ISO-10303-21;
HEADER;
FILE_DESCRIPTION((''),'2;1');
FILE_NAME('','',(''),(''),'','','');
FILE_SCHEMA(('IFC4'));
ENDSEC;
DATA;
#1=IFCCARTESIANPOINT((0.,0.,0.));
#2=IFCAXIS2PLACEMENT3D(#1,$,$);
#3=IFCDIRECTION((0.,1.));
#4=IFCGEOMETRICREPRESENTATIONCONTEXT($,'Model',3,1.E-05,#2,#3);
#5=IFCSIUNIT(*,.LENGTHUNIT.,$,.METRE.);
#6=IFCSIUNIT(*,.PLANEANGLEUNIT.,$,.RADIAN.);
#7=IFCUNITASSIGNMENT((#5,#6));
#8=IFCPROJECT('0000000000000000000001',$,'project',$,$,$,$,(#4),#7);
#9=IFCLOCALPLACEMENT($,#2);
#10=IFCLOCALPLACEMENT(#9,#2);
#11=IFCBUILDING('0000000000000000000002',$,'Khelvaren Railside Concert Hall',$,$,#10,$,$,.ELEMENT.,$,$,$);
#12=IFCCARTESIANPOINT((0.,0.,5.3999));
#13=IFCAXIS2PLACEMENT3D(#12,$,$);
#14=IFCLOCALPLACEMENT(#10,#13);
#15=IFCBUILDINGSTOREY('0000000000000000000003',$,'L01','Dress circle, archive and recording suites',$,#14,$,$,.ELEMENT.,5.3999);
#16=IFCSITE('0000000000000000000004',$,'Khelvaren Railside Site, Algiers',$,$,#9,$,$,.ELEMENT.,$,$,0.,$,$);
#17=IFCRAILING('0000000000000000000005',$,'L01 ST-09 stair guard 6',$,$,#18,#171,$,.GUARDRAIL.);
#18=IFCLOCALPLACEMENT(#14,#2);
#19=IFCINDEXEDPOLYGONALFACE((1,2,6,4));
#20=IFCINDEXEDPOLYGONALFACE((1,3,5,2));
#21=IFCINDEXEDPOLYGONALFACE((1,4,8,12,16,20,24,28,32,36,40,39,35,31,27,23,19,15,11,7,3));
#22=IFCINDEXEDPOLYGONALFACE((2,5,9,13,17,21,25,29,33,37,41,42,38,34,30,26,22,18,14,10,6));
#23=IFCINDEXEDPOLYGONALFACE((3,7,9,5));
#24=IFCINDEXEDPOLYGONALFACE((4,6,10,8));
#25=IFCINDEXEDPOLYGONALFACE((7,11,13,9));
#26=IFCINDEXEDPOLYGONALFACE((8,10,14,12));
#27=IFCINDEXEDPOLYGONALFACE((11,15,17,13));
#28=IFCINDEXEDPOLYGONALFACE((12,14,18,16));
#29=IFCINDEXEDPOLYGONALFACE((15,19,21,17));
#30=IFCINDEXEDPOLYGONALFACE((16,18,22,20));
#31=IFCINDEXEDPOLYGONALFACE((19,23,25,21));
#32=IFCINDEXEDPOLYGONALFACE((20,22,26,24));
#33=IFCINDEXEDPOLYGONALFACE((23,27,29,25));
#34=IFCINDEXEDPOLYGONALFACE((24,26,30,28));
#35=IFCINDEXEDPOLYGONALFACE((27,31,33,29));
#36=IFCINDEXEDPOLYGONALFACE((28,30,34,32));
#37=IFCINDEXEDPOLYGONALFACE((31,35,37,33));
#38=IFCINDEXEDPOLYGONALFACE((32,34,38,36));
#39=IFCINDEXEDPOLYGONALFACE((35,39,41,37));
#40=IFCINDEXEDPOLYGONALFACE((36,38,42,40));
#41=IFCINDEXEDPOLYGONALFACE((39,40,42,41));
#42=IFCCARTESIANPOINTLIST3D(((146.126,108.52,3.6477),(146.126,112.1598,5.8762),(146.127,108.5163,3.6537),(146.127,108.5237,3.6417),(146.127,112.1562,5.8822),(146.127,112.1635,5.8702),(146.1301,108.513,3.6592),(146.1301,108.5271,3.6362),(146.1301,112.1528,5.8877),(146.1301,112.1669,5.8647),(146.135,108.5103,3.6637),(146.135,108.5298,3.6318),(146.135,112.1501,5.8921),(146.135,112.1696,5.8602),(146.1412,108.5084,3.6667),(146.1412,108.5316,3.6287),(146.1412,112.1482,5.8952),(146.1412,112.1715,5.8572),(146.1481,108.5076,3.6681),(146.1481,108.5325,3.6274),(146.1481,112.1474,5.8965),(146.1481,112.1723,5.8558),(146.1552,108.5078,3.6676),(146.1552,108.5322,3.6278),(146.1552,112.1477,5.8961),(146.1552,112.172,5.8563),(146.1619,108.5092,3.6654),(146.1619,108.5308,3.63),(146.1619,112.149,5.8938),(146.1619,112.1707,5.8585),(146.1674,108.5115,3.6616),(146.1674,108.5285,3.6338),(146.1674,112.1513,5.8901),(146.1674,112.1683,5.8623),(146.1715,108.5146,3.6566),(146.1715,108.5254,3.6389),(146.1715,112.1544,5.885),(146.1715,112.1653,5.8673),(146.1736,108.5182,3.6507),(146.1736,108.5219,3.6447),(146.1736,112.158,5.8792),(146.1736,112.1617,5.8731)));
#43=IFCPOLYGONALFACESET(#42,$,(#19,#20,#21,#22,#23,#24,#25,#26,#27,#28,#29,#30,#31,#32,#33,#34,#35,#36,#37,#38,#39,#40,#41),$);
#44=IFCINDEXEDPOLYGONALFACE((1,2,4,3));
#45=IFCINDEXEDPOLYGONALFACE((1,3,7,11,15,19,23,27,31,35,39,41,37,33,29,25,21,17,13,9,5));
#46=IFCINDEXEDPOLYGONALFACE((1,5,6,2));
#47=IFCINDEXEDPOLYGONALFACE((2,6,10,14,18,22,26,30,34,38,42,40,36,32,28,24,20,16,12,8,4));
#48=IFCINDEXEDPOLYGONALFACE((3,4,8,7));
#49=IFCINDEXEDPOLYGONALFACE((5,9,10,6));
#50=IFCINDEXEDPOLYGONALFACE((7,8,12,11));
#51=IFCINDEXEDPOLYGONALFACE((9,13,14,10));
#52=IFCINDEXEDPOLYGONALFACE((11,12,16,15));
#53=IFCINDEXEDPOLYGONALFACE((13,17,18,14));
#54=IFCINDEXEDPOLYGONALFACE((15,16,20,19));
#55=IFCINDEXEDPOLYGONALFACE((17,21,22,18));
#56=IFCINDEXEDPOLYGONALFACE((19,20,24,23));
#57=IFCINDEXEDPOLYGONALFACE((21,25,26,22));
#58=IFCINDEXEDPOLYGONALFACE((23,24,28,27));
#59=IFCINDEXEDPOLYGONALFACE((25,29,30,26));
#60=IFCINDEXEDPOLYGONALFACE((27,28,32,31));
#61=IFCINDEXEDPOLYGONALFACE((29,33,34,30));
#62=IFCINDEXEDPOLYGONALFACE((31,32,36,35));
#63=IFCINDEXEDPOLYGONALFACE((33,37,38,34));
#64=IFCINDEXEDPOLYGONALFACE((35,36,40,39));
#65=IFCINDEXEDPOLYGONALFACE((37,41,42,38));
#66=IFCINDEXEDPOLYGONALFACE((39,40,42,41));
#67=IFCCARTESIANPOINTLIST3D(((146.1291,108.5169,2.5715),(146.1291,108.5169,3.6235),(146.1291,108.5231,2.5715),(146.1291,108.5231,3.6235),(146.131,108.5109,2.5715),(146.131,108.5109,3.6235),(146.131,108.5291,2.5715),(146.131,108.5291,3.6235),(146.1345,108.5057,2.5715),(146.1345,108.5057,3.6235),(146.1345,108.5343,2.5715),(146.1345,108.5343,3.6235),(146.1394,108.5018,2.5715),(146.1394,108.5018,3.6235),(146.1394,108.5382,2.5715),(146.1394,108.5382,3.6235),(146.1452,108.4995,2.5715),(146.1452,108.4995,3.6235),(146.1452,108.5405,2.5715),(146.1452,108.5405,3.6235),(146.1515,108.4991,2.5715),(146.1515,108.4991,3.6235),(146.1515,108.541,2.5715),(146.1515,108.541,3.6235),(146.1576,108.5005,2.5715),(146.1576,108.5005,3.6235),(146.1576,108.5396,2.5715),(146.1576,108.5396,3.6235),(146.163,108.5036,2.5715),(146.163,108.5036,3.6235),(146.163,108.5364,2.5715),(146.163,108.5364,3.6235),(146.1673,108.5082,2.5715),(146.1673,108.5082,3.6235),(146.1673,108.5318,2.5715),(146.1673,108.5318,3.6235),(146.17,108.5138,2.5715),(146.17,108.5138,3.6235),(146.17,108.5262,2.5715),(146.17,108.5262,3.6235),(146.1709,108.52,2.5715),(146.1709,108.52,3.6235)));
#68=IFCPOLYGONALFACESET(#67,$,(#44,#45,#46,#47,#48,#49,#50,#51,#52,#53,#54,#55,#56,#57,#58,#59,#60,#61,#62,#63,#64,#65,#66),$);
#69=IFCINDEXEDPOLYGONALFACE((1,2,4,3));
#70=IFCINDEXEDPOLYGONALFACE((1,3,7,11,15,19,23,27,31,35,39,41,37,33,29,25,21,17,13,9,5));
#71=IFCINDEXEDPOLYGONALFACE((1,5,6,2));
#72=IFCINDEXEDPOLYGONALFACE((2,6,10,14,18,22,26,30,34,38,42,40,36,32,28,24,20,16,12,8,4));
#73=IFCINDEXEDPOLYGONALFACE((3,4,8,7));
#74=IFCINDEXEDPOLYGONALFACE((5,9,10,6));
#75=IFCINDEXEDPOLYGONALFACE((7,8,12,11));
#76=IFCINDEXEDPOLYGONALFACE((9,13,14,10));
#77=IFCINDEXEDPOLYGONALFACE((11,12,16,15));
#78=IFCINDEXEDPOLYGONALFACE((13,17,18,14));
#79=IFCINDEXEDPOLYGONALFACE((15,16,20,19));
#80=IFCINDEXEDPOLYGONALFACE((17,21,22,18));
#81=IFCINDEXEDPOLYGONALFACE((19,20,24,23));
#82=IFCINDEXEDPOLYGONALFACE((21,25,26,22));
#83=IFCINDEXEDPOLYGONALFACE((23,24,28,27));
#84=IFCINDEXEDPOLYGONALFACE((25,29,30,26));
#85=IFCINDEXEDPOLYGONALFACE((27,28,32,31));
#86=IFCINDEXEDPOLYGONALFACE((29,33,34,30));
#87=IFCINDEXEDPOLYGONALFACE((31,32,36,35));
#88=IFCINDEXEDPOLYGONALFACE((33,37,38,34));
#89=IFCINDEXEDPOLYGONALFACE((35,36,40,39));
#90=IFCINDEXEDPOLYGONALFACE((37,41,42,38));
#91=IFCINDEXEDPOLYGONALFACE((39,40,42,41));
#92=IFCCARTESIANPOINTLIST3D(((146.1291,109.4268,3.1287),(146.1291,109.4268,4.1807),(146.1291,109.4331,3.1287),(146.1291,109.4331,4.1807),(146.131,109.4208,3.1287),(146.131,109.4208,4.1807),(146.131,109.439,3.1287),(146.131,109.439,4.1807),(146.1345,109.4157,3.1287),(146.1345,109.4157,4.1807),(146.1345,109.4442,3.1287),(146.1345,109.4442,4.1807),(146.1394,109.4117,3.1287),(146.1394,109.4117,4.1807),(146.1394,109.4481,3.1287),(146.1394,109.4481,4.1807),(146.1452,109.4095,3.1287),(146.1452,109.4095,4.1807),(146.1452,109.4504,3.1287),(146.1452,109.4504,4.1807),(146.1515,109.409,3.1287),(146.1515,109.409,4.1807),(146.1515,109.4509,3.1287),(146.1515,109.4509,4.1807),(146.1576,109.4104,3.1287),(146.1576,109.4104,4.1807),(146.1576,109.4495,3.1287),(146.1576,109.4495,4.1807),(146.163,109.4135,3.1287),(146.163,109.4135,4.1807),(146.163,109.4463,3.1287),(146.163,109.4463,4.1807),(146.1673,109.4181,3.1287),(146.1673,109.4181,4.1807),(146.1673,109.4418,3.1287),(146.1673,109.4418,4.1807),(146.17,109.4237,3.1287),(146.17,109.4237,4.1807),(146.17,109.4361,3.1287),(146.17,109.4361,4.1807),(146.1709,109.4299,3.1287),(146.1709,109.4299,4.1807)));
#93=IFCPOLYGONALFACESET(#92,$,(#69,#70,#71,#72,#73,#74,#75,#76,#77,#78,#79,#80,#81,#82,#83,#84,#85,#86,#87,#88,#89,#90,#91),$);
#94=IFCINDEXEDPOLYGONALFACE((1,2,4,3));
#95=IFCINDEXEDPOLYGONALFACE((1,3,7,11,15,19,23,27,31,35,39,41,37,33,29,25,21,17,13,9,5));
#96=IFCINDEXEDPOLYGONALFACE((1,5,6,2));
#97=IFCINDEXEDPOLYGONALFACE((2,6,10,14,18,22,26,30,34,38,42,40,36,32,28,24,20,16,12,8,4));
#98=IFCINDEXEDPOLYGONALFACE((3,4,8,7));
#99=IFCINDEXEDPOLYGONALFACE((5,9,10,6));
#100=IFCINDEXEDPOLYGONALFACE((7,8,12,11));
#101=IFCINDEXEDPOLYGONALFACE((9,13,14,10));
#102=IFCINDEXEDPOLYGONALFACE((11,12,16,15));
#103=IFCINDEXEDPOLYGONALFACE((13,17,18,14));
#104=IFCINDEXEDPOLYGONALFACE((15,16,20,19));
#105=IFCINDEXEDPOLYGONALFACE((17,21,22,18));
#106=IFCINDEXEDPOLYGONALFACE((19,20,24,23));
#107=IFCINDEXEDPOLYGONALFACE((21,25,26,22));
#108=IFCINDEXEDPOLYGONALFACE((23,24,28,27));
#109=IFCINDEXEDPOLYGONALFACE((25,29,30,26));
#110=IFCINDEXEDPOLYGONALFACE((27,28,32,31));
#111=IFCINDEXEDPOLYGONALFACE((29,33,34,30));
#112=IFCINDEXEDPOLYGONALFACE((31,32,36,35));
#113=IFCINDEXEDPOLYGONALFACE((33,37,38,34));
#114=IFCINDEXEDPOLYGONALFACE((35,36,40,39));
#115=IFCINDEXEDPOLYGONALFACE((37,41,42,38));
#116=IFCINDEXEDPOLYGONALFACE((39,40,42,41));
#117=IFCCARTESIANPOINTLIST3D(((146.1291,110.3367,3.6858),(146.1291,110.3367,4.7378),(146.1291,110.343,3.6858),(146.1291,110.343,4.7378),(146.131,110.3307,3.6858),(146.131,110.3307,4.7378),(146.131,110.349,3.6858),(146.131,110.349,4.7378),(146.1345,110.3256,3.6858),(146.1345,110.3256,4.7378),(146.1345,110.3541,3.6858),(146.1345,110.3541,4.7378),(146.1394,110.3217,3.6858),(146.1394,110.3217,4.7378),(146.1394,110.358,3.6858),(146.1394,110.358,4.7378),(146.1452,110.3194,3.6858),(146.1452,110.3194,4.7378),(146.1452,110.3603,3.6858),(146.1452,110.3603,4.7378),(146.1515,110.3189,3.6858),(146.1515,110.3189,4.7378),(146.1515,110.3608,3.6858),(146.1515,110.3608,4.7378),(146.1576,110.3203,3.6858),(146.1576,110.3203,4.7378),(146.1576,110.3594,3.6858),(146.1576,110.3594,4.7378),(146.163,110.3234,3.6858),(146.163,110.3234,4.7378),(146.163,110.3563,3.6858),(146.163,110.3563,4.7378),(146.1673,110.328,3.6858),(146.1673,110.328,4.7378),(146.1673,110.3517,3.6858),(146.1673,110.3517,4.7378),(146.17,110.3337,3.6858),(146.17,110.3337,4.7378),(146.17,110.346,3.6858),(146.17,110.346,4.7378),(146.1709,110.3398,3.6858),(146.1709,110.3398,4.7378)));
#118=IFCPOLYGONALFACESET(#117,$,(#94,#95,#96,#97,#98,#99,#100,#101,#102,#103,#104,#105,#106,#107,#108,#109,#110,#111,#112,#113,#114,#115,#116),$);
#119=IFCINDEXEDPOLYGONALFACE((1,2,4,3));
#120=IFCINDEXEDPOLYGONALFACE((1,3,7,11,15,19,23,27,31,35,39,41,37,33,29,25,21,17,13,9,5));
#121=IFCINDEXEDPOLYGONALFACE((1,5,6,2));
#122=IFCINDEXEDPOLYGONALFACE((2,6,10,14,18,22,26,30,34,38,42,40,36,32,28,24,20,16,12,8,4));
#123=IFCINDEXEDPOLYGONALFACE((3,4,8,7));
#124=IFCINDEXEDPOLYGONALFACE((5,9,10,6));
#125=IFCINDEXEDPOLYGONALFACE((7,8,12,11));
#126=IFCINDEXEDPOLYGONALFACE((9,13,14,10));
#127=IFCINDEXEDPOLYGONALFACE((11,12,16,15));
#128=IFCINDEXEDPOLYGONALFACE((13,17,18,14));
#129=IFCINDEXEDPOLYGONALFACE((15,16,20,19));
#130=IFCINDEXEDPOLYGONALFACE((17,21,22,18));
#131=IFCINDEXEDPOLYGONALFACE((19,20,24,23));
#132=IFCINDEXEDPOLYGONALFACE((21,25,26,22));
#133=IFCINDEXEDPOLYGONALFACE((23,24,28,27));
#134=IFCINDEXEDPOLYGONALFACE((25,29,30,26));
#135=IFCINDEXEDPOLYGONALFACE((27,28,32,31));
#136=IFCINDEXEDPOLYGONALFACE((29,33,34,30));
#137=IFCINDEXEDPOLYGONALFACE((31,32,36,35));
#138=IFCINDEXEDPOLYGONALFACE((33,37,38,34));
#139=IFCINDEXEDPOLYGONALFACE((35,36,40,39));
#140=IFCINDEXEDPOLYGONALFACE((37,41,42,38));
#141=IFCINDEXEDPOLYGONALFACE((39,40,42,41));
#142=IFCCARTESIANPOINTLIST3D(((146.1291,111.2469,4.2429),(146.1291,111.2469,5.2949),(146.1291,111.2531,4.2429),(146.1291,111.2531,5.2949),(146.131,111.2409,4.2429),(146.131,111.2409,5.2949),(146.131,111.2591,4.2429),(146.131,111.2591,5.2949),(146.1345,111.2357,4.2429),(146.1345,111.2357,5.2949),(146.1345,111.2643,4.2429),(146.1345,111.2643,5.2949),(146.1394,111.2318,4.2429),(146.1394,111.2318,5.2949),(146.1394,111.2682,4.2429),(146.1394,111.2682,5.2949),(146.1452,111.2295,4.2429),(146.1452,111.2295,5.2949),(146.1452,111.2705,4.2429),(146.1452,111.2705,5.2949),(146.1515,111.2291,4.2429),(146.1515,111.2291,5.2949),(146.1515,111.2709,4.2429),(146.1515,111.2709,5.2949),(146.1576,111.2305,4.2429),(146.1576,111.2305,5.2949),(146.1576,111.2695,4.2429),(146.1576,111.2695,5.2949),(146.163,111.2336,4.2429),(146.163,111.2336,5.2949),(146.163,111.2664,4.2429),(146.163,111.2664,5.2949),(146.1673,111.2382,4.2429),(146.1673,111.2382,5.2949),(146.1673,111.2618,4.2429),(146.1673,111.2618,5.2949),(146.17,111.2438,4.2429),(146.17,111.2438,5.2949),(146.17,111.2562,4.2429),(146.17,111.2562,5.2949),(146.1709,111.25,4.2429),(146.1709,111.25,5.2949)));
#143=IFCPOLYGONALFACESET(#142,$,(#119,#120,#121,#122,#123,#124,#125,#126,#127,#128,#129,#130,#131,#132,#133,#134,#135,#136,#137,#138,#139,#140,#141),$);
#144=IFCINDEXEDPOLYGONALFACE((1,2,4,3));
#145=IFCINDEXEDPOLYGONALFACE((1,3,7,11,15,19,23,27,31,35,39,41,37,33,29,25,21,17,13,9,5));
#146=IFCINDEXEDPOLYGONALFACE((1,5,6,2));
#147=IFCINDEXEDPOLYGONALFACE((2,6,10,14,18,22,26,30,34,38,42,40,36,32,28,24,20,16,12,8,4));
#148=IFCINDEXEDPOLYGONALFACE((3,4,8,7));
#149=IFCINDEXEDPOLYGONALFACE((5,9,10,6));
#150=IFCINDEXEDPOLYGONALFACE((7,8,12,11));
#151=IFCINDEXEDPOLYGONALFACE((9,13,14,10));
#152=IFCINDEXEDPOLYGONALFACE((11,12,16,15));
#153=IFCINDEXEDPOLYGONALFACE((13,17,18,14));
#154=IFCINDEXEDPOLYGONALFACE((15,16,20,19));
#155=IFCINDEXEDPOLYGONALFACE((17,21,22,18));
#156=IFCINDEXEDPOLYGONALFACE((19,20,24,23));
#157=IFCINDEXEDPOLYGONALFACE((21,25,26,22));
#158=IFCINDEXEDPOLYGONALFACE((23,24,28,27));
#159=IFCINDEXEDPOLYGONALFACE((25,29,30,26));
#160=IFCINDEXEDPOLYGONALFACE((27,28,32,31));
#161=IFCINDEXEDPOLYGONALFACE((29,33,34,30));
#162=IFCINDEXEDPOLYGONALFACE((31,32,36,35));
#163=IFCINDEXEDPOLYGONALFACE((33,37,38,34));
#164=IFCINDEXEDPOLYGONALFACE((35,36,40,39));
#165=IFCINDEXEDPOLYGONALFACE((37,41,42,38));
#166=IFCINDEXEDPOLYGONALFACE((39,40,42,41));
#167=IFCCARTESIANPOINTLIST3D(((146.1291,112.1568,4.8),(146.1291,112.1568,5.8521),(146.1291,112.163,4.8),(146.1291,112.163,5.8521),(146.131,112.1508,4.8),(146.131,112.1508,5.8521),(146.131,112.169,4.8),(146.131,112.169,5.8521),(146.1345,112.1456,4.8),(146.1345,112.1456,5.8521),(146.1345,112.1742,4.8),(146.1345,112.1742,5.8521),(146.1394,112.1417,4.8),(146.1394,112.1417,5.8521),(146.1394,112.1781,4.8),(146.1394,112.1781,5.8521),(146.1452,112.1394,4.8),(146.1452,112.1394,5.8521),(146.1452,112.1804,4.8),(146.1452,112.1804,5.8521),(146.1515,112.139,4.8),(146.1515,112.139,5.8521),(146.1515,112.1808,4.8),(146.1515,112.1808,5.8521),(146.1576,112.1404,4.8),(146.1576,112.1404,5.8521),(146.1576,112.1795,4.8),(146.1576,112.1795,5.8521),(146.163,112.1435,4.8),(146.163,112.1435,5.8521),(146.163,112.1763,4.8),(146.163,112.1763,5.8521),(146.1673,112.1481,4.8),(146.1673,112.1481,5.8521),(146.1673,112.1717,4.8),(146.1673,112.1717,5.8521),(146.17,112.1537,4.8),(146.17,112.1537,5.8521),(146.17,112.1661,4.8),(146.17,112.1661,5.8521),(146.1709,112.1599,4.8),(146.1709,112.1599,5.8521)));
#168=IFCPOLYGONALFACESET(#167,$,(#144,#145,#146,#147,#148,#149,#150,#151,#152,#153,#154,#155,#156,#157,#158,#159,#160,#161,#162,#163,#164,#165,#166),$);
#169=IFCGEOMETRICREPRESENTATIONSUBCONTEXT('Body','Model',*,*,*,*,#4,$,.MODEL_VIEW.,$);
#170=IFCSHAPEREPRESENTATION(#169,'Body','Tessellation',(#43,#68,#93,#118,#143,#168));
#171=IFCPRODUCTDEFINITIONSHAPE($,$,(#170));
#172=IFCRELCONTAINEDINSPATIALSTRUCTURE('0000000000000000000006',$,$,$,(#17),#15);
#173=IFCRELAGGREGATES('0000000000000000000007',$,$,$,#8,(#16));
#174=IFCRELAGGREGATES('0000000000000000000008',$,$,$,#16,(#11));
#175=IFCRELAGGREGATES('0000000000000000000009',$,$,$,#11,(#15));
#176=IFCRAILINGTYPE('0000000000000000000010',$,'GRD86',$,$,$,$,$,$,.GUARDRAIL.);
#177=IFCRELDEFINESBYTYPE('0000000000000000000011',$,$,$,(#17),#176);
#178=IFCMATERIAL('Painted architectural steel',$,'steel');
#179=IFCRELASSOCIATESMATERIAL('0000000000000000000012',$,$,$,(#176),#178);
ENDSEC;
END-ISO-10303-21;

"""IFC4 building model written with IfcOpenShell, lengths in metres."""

from ifc_helpers import new_model, si_unit, direction, frame, origin, origin_2d, place, context, subcontext, project, spatial, circle, extrude, material, type_object, element, save


model = new_model("IFC4")

# Units and contexts
model_context = context("Model", 3, precision=1e-05, world=origin(), true_north=direction((0.0, 1.0)))
body_context = subcontext(model_context, "Body", "Model", "MODEL_VIEW")
ifc_project = project(units=[si_unit("LENGTHUNIT", "METRE"), si_unit("PLANEANGLEUNIT", "RADIAN")], contexts=[model_context])

# Site, building, storey
site_placement = place(None, origin())
site = spatial("IfcSite", under=ifc_project, at=site_placement, Name="Khelvaren Railside Site, Algiers", CompositionType="ELEMENT", RefElevation=0.0)
building_placement = place(site_placement, origin())
building = spatial("IfcBuilding", under=site, at=building_placement, Name="Khelvaren Railside Concert Hall", CompositionType="ELEMENT")
storey_placement = place(building_placement, frame((0.0, 0.0, 5.3999)))
storey = spatial("IfcBuildingStorey", under=building, at=storey_placement, Name="L01", Description="Dress circle, archive and recording suites", CompositionType="ELEMENT", Elevation=5.3999)

# Railing
ifc_material_1 = material(Name="Painted architectural steel", Category="steel")
railing_type_1 = type_object("IfcRailingType", Name="GRD86", PredefinedType="GUARDRAIL", material=ifc_material_1)
railing_1_placement = place(storey_placement, frame((146.1499, 108.52, 2.5715)))
element("IfcRailing", 1, at=railing_1_placement, inside=storey, type_object=railing_type_1, Name="L01 ST-09 stair guard 6", PredefinedType="GUARDRAIL", context=body_context, shape_type="SweptSolid", body=[
    extrude(circle(Radius=0.0239, at=origin_2d()), frame((0.0, 0.0, 1.0762), z_axis=(0.0, 0.85285, 0.522156), x_axis=(-1.0, 0.0, 0.0)), (0.0, 0.0, 1.0), 4.2678),
    extrude(circle(Radius=0.021, at=origin_2d()), origin(), (0.0, 0.0, 1.0), 1.052),
    extrude(circle(Radius=0.021, at=origin_2d()), frame((0.0, 0.9099, 0.5571)), (0.0, 0.0, 1.0), 1.052),
    extrude(circle(Radius=0.021, at=origin_2d()), frame((0.0, 1.8198, 1.1143)), (0.0, 0.0, 1.0), 1.052),
    extrude(circle(Radius=0.021, at=origin_2d()), frame((0.0, 2.73, 1.6714)), (0.0, 0.0, 1.0), 1.052),
    extrude(circle(Radius=0.021, at=origin_2d()), frame((0.0, 3.6399, 2.2285)), (0.0, 0.0, 1.0), 1.052),
])

save(model, "model.ifc")
